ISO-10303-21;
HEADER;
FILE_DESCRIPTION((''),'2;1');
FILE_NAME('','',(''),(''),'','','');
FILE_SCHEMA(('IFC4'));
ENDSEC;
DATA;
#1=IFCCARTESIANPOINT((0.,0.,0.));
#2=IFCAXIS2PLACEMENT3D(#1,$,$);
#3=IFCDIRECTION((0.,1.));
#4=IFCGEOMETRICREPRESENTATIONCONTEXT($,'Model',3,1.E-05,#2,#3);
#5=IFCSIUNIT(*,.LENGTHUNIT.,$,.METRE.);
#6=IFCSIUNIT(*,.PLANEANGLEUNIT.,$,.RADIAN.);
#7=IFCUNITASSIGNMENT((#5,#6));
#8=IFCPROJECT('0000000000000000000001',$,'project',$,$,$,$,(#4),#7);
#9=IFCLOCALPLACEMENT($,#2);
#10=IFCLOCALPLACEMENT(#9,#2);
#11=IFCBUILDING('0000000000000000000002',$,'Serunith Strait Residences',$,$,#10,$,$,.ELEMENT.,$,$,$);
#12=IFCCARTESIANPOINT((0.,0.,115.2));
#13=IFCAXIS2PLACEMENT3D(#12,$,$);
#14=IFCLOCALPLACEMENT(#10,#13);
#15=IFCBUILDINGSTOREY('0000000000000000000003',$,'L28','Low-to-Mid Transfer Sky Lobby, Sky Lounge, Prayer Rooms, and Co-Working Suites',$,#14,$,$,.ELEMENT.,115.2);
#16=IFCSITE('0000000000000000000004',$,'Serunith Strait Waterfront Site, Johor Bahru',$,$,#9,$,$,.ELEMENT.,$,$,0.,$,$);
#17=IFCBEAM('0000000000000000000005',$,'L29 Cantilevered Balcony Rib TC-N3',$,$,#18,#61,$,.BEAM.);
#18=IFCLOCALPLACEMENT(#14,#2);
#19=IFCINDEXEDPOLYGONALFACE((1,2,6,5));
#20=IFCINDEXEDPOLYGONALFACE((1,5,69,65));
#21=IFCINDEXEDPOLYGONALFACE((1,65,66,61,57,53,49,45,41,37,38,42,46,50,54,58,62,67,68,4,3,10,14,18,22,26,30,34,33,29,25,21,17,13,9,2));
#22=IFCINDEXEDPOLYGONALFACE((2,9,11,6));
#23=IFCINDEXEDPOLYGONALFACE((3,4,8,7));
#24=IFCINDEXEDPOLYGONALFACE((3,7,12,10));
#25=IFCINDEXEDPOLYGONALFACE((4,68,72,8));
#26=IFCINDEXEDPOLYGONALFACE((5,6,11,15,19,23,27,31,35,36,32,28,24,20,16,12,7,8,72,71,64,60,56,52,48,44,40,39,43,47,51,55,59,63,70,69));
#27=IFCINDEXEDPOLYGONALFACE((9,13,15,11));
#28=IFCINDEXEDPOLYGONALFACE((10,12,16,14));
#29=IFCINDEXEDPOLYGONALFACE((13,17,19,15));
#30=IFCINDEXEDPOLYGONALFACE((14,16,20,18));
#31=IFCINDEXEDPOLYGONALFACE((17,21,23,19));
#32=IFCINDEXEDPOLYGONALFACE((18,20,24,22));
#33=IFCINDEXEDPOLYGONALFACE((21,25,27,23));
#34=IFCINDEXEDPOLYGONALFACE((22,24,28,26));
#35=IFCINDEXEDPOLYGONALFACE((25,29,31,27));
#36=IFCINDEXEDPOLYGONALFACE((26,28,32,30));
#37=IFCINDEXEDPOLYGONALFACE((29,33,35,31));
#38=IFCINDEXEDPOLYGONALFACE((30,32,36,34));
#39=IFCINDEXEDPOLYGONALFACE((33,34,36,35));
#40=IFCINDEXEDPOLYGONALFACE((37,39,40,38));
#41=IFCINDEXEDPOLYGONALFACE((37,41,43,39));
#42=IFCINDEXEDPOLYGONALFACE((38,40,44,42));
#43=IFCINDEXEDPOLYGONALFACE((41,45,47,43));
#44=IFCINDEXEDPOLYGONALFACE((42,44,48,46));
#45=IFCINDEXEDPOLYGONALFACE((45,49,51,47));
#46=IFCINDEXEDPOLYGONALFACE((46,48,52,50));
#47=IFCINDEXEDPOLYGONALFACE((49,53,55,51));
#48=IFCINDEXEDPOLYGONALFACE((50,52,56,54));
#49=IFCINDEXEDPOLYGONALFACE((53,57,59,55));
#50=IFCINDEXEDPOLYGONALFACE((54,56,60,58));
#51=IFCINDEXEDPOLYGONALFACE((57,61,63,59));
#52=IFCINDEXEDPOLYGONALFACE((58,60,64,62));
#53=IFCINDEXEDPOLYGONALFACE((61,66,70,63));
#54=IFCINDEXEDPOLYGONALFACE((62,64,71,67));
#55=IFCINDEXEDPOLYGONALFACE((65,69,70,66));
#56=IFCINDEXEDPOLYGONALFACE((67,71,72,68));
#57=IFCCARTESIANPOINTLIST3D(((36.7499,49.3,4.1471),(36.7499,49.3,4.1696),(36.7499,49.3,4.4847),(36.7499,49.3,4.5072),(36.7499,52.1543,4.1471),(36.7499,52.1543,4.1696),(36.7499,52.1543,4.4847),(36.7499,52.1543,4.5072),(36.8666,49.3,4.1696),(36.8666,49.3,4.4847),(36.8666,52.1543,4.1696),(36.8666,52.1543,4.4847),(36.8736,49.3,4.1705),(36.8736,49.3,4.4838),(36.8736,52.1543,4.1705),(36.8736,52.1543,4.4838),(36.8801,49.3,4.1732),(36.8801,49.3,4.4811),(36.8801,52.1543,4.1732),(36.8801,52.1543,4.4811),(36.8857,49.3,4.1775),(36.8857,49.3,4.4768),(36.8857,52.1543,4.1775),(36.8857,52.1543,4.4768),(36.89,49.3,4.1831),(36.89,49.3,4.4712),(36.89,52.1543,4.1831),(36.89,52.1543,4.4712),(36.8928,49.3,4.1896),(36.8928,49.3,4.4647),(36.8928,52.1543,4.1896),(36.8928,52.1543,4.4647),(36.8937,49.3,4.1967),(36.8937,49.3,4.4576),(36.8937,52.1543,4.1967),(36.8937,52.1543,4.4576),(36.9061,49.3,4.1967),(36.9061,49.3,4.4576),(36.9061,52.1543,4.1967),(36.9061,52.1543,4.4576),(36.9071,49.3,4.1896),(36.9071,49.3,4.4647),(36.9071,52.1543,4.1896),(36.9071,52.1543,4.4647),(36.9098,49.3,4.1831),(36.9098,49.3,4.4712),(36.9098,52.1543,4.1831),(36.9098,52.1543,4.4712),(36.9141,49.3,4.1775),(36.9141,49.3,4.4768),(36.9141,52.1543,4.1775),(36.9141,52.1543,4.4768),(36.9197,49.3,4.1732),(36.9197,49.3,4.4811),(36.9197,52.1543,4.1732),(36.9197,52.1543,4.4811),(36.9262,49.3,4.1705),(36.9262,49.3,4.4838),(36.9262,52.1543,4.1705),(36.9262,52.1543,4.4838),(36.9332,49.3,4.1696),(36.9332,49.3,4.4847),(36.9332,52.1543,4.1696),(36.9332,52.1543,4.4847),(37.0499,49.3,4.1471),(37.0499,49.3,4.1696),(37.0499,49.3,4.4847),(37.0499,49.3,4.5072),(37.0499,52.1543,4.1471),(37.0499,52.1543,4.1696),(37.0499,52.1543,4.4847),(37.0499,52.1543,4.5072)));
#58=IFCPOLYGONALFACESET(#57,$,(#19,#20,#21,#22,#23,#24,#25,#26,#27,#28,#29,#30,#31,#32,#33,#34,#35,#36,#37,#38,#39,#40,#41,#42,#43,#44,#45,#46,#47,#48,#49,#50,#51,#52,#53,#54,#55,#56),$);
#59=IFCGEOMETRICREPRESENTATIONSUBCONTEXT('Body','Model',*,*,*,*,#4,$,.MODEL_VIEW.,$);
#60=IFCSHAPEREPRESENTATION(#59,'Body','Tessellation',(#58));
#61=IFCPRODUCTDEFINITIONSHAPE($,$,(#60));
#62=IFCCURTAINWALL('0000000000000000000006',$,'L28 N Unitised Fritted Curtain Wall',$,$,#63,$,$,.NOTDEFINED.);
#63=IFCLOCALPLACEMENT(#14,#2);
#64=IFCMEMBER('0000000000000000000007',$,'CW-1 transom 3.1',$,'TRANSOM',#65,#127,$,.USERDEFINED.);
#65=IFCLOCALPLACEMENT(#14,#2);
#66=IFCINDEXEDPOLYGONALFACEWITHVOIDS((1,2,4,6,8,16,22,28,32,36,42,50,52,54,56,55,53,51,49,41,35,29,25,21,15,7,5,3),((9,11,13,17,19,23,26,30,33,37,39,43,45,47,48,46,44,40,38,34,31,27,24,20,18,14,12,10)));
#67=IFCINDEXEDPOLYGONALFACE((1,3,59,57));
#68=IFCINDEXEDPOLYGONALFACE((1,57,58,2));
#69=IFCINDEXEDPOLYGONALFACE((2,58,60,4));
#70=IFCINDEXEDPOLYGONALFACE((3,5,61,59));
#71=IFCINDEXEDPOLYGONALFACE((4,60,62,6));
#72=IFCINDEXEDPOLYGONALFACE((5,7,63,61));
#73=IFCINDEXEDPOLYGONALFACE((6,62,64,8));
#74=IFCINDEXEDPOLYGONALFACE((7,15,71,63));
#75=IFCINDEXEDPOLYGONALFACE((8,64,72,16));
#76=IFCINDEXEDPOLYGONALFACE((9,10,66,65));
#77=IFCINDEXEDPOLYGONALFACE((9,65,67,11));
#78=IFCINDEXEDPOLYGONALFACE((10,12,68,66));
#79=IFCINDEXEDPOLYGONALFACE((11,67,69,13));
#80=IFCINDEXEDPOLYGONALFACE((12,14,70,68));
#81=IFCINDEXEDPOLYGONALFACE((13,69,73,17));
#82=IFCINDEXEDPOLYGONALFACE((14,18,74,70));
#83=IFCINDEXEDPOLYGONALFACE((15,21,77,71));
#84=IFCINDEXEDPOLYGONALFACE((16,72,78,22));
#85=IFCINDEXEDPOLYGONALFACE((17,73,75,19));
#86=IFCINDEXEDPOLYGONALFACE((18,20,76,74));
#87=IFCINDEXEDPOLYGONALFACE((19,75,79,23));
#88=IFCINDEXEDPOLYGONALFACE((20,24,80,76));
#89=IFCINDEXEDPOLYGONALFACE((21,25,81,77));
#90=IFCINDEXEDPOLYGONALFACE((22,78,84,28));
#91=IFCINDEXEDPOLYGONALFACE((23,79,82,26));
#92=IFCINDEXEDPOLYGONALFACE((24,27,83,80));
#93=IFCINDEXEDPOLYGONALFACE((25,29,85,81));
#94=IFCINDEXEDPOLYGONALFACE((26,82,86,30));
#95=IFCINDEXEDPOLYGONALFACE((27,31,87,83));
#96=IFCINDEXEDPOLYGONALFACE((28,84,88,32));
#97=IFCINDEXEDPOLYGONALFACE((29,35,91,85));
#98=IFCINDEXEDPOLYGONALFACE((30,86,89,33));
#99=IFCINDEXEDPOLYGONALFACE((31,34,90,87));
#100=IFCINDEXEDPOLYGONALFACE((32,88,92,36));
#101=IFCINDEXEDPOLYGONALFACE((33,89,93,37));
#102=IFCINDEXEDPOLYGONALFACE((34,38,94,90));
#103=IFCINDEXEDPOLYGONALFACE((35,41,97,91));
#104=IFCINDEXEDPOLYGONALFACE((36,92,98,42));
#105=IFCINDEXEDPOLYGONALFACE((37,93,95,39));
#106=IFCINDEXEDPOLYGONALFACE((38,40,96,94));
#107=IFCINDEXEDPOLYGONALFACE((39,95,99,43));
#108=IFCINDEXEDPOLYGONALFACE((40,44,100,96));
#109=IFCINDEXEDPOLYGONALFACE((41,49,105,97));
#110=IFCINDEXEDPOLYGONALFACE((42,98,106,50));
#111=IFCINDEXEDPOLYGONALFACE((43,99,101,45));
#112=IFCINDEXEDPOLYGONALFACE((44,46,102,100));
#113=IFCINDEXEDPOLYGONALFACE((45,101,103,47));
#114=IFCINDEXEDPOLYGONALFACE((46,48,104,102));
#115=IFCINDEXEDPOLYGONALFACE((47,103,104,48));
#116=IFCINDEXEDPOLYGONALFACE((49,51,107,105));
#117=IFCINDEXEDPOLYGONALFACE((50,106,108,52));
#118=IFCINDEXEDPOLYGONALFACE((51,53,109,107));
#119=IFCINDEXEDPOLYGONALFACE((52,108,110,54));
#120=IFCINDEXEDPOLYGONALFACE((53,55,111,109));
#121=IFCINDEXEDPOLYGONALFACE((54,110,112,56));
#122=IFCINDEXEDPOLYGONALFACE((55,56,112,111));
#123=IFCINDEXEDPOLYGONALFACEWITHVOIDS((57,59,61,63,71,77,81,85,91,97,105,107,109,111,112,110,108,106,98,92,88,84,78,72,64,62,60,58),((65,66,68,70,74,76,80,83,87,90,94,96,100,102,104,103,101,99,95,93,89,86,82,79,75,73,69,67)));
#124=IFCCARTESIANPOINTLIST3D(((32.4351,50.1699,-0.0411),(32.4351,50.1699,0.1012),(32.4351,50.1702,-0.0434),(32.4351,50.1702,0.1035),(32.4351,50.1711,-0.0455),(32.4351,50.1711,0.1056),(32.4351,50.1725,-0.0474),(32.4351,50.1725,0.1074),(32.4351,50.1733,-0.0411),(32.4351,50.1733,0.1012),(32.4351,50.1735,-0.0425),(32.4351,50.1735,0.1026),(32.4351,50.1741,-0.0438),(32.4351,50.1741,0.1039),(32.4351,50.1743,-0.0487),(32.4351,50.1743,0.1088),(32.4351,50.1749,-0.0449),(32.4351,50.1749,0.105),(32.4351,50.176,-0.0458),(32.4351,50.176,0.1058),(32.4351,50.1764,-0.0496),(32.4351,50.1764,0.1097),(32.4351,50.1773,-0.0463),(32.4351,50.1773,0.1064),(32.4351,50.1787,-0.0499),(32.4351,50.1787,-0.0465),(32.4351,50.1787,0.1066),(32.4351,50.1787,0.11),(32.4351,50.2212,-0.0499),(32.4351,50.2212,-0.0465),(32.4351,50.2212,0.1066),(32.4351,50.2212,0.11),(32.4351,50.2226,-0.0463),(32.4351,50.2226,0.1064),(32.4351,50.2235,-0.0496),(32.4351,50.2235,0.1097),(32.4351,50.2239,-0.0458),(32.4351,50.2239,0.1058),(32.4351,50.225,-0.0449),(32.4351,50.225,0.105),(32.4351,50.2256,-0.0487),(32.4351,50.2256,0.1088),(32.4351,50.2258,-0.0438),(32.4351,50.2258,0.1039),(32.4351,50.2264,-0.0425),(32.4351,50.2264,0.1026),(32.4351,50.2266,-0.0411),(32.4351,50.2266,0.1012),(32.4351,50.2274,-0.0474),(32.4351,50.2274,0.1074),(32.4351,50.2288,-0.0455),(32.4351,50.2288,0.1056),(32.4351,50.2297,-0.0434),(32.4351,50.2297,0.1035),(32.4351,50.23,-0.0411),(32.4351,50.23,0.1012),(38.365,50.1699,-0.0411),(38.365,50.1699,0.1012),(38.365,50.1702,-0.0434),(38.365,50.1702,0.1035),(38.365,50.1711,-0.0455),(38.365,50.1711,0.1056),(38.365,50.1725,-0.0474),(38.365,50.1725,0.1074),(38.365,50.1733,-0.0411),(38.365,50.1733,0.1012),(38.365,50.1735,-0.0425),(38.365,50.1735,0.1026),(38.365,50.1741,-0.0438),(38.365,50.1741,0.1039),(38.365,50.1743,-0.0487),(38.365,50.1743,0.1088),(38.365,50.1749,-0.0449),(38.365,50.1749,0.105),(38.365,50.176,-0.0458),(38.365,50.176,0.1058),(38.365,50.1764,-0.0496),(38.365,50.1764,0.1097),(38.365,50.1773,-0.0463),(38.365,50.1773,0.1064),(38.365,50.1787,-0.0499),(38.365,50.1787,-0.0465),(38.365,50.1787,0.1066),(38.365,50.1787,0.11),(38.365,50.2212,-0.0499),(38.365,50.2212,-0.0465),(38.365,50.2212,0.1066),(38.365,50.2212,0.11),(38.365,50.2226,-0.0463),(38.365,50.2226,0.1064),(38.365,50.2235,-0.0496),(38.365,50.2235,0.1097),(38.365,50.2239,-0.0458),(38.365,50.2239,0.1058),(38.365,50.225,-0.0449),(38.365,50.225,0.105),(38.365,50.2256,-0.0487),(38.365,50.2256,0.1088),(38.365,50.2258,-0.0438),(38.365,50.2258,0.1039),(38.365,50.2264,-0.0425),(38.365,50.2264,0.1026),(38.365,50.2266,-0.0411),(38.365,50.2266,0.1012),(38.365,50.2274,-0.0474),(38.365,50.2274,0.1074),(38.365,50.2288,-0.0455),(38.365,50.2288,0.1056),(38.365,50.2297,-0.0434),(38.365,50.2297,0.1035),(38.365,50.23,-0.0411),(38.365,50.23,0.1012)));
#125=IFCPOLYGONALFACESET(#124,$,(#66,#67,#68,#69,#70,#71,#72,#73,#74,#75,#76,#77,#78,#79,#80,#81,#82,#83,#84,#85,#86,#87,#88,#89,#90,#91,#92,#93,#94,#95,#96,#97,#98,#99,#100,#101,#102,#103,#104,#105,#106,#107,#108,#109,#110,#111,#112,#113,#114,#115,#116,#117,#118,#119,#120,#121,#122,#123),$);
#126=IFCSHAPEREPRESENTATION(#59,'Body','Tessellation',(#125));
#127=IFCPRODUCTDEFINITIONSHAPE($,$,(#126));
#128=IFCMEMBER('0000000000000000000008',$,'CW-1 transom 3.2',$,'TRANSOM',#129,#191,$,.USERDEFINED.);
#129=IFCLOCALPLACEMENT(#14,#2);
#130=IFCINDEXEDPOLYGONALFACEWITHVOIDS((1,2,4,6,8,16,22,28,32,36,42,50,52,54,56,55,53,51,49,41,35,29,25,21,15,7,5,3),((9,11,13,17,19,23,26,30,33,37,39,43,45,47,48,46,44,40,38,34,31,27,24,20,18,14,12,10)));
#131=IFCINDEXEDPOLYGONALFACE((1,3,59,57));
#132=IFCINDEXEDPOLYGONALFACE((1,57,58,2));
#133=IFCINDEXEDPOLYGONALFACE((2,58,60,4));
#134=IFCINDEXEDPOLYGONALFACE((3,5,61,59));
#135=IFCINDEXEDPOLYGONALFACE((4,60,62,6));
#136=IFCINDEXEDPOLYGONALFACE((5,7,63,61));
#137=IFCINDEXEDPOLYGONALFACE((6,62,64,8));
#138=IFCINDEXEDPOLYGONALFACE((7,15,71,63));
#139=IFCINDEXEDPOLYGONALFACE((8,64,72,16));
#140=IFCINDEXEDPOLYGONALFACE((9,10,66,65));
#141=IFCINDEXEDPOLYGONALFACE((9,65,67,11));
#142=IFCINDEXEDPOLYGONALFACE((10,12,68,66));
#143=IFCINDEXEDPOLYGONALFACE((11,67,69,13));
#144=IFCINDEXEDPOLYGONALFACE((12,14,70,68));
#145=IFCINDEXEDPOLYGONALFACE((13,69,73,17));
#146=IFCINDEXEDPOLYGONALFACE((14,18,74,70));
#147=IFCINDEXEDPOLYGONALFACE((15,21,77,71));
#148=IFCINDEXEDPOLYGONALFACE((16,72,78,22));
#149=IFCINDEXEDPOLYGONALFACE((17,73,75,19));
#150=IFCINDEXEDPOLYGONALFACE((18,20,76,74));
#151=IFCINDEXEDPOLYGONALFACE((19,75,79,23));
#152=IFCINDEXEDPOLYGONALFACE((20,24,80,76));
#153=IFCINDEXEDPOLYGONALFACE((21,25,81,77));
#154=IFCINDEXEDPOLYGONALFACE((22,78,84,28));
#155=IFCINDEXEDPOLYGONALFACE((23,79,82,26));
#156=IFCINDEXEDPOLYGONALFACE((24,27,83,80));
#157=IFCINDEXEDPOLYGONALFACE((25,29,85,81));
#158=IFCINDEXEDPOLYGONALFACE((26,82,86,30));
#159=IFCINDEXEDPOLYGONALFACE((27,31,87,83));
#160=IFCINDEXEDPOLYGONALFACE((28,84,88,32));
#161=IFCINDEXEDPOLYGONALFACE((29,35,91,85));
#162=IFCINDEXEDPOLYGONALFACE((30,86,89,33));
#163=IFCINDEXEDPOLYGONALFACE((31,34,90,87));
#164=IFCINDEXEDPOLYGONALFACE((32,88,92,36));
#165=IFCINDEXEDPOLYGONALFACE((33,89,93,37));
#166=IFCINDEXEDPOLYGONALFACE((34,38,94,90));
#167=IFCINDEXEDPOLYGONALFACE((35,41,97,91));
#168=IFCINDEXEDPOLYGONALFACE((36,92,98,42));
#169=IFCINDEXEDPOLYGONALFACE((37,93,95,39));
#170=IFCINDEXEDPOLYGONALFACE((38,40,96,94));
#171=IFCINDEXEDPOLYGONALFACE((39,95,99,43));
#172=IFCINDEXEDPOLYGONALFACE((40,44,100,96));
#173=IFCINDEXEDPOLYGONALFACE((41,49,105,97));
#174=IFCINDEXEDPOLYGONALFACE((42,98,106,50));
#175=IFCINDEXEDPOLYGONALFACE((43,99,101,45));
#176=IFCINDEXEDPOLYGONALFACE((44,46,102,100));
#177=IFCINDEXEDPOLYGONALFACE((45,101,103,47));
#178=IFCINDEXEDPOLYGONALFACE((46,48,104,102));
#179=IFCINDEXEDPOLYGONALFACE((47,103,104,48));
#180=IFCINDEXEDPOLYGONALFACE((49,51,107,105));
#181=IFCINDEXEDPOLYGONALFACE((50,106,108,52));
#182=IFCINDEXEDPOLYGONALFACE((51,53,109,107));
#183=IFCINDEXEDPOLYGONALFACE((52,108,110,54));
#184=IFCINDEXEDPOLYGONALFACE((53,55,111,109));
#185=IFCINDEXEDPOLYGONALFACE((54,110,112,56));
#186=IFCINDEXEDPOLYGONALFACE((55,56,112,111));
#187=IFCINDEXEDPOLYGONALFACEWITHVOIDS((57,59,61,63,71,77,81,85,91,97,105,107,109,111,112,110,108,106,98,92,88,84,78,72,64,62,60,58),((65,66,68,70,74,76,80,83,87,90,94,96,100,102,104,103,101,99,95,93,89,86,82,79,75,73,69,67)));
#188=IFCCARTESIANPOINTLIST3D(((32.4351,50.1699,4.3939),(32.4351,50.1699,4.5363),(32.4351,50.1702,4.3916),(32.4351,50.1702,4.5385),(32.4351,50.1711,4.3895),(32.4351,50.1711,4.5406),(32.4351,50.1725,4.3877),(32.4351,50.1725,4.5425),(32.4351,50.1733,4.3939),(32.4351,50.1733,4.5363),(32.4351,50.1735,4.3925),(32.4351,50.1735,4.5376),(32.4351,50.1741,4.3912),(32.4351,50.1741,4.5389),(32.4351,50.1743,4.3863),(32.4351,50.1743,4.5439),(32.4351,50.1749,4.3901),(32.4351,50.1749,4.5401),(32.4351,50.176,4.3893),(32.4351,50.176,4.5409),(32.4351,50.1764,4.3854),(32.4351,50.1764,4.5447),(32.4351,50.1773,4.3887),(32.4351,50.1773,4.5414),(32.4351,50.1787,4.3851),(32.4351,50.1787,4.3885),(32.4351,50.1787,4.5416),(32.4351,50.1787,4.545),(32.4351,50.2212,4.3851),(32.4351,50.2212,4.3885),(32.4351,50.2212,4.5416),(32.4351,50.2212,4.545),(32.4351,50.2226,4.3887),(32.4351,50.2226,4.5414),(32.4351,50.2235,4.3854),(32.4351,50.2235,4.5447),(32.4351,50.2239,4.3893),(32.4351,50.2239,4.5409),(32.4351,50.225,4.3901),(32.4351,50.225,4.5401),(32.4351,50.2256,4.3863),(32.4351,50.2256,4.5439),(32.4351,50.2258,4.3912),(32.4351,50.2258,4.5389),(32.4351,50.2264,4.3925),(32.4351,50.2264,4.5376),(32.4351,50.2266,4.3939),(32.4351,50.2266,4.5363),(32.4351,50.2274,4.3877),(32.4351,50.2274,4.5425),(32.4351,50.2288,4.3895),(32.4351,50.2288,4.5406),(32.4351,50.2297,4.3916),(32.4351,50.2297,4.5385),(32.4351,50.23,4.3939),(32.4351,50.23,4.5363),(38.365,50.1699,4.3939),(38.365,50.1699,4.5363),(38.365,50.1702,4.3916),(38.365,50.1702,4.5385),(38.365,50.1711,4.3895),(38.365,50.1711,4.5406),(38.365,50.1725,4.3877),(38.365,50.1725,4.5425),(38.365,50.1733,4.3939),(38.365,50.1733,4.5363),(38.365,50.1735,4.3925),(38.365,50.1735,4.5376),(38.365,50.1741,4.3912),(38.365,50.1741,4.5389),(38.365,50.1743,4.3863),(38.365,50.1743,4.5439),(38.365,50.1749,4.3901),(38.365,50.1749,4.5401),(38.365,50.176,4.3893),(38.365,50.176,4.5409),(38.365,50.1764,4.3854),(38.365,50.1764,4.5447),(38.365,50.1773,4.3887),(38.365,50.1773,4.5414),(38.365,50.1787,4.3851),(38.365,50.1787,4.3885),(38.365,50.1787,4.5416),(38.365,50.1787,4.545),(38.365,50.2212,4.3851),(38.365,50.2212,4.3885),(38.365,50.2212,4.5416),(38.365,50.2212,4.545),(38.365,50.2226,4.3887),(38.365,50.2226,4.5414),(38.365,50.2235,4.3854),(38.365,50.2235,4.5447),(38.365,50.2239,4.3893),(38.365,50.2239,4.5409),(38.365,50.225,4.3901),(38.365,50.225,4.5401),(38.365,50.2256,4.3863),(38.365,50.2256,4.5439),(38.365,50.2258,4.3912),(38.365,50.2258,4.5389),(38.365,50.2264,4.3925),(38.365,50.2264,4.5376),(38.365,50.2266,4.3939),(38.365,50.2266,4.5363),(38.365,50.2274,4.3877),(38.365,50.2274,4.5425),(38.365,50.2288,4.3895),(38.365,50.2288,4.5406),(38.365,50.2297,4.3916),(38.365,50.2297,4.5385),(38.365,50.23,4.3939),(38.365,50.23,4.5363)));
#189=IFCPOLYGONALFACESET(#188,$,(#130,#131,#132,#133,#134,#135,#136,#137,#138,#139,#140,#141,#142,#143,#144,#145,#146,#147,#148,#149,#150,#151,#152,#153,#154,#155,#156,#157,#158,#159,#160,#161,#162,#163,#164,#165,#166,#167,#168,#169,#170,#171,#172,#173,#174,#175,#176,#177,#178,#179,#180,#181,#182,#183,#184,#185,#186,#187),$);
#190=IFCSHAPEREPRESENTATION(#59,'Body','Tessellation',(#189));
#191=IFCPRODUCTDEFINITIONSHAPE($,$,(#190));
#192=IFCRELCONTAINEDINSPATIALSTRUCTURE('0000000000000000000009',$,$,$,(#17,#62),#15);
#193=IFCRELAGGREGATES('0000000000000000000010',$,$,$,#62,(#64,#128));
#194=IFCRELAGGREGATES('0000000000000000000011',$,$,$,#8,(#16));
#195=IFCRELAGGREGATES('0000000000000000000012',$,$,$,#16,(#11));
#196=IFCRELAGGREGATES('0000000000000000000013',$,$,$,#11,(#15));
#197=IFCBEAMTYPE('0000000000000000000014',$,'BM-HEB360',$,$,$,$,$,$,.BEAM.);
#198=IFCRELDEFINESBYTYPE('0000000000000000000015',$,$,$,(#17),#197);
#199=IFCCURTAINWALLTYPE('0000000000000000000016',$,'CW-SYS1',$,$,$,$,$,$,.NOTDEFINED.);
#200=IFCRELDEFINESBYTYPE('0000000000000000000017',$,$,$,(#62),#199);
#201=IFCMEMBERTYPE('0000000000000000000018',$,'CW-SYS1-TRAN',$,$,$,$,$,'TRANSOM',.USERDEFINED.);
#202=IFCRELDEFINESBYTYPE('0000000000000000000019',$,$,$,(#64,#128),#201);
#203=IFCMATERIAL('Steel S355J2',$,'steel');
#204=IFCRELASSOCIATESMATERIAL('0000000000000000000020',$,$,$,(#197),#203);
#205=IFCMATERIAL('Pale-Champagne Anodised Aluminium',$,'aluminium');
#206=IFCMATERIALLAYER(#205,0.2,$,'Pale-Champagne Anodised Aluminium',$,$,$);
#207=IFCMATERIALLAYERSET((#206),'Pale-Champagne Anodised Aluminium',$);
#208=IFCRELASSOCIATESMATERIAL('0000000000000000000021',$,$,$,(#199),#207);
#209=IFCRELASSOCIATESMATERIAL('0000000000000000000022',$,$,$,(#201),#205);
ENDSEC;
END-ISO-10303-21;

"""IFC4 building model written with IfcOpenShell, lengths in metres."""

from ifc_helpers import new_model, si_unit, direction, frame, origin, origin_2d, place, context, subcontext, project, spatial, hollow_rectangle, i_section, extrude, source, transform, mapped, material, layer, layer_set, material_profile, profile_set, type_object, element, aggregate, save


model = new_model("IFC4")

# Units and contexts
model_context = context("Model", 3, precision=1e-05, world=origin(), true_north=direction((0.0, 1.0)))
body_context = subcontext(model_context, "Body", "Model", "MODEL_VIEW")
ifc_project = project(units=[si_unit("LENGTHUNIT", "METRE"), si_unit("PLANEANGLEUNIT", "RADIAN")], contexts=[model_context])

# Site, building, storey
site_placement = place(None, origin())
site = spatial("IfcSite", under=ifc_project, at=site_placement, Name="Serunith Strait Waterfront Site, Johor Bahru", CompositionType="ELEMENT", RefElevation=0.0)
building_placement = place(site_placement, origin())
building = spatial("IfcBuilding", under=site, at=building_placement, Name="Serunith Strait Residences", CompositionType="ELEMENT")
storey_placement = place(building_placement, frame((0.0, 0.0, 115.2)))
storey = spatial("IfcBuildingStorey", under=building, at=storey_placement, Name="L28", Description="Low-to-Mid Transfer Sky Lobby, Sky Lounge, Prayer Rooms, and Co-Working Suites", CompositionType="ELEMENT", Elevation=115.2)

# Beam
ifc_material_1 = material(Name="Steel S355J2", Category="steel")
ifc_material_profile_1 = material_profile(ifc_material_1, i_section(OverallWidth=0.3, OverallDepth=0.3601, WebThickness=0.0125, FlangeThickness=0.0225, FilletRadius=0.0271, at=origin_2d()), Name="HEB 360")
ifc_profile_set_1 = profile_set([ifc_material_profile_1], Name="Steel S355J2")
beam_type_1 = type_object("IfcBeamType", Name="BM-HEB360", PredefinedType="BEAM", material=ifc_profile_set_1)
shared_shape_1 = source(origin(), body_context, "Body", "SweptSolid", [
    extrude(i_section(OverallWidth=0.3, OverallDepth=0.3601, WebThickness=0.0125, FlangeThickness=0.0225, FilletRadius=0.0271, at=origin_2d()), origin(), (0.0, 0.0, 1.0), 2.8542),
])
beam_1_placement = place(storey_placement, frame((36.8999, 49.3, 4.3271), z_axis=(0.0, 1.0, 0.0), x_axis=(-1.0, 0.0, 0.0)))
element("IfcBeam", 1, at=beam_1_placement, inside=storey, type_object=beam_type_1, Name="L29 Cantilevered Balcony Rib TC-N3", PredefinedType="BEAM", context=body_context, shape_type="MappedRepresentation", body=[
    mapped(shared_shape_1, transform((0.0, 0.0, 0.0), scale=1.0)),
])

# Curtain wall, members
ifc_material_2 = material(Name="Pale-Champagne Anodised Aluminium", Category="aluminium")
ifc_layer_1 = layer(ifc_material_2, 0.2, Name="Pale-Champagne Anodised Aluminium")
ifc_layer_set_1 = layer_set([ifc_layer_1], Name="Pale-Champagne Anodised Aluminium")
curtain_wall_type = type_object("IfcCurtainWallType", Name="CW-SYS1", PredefinedType="NOTDEFINED", material=ifc_layer_set_1)
curtain_wall_placement = place(storey_placement, origin())
curtain_wall = element("IfcCurtainWall", 2, at=curtain_wall_placement, inside=storey, type_object=curtain_wall_type, Name="L28 N Unitised Fritted Curtain Wall", PredefinedType="NOTDEFINED")
ifc_material_profile_2 = material_profile(ifc_material_2, hollow_rectangle(XDim=0.0601, YDim=0.1599, WallThickness=0.0034, InnerFilletRadius=0.0054, OuterFilletRadius=0.0088, at=origin_2d()), Name="ALU 160x60x3.5")
ifc_profile_set_2 = profile_set([ifc_material_profile_2], Name="Pale-Champagne Anodised Aluminium")
member_type_1 = type_object("IfcMemberType", Name="CW-SYS1-TRAN", ElementType="TRANSOM", PredefinedType="USERDEFINED", material=ifc_profile_set_2)
shared_shape_2 = source(origin(), body_context, "Body", "SweptSolid", [
    extrude(hollow_rectangle(XDim=0.0601, YDim=0.1599, WallThickness=0.0034, InnerFilletRadius=0.0054, OuterFilletRadius=0.0088, at=origin_2d()), origin(), (0.0, 0.0, 1.0), 5.9299),
])
member_1_placement = place(storey_placement, frame((38.365, 50.2, 0.03), z_axis=(-1.0, 0.0, 0.0), x_axis=(0.0, -1.0, 0.0)))
member_1 = element("IfcMember", 3, at=member_1_placement, type_object=member_type_1, Name="CW-1 transom 3.1", ObjectType="TRANSOM", PredefinedType="USERDEFINED", context=body_context, shape_type="MappedRepresentation", body=[
    mapped(shared_shape_2, transform((0.0, 0.0, 0.0), scale=1.0)),
])
member_2_placement = place(storey_placement, frame((38.365, 50.2, 4.4651), z_axis=(-1.0, 0.0, 0.0), x_axis=(0.0, -1.0, 0.0)))
member_2 = element("IfcMember", 4, at=member_2_placement, type_object=member_type_1, Name="CW-1 transom 3.2", ObjectType="TRANSOM", PredefinedType="USERDEFINED", context=body_context, shape_type="MappedRepresentation", body=[
    mapped(shared_shape_2, transform((0.0, 0.0, 0.0), scale=1.0)),
])
aggregate(curtain_wall, [member_1, member_2])

save(model, "model.ifc")
